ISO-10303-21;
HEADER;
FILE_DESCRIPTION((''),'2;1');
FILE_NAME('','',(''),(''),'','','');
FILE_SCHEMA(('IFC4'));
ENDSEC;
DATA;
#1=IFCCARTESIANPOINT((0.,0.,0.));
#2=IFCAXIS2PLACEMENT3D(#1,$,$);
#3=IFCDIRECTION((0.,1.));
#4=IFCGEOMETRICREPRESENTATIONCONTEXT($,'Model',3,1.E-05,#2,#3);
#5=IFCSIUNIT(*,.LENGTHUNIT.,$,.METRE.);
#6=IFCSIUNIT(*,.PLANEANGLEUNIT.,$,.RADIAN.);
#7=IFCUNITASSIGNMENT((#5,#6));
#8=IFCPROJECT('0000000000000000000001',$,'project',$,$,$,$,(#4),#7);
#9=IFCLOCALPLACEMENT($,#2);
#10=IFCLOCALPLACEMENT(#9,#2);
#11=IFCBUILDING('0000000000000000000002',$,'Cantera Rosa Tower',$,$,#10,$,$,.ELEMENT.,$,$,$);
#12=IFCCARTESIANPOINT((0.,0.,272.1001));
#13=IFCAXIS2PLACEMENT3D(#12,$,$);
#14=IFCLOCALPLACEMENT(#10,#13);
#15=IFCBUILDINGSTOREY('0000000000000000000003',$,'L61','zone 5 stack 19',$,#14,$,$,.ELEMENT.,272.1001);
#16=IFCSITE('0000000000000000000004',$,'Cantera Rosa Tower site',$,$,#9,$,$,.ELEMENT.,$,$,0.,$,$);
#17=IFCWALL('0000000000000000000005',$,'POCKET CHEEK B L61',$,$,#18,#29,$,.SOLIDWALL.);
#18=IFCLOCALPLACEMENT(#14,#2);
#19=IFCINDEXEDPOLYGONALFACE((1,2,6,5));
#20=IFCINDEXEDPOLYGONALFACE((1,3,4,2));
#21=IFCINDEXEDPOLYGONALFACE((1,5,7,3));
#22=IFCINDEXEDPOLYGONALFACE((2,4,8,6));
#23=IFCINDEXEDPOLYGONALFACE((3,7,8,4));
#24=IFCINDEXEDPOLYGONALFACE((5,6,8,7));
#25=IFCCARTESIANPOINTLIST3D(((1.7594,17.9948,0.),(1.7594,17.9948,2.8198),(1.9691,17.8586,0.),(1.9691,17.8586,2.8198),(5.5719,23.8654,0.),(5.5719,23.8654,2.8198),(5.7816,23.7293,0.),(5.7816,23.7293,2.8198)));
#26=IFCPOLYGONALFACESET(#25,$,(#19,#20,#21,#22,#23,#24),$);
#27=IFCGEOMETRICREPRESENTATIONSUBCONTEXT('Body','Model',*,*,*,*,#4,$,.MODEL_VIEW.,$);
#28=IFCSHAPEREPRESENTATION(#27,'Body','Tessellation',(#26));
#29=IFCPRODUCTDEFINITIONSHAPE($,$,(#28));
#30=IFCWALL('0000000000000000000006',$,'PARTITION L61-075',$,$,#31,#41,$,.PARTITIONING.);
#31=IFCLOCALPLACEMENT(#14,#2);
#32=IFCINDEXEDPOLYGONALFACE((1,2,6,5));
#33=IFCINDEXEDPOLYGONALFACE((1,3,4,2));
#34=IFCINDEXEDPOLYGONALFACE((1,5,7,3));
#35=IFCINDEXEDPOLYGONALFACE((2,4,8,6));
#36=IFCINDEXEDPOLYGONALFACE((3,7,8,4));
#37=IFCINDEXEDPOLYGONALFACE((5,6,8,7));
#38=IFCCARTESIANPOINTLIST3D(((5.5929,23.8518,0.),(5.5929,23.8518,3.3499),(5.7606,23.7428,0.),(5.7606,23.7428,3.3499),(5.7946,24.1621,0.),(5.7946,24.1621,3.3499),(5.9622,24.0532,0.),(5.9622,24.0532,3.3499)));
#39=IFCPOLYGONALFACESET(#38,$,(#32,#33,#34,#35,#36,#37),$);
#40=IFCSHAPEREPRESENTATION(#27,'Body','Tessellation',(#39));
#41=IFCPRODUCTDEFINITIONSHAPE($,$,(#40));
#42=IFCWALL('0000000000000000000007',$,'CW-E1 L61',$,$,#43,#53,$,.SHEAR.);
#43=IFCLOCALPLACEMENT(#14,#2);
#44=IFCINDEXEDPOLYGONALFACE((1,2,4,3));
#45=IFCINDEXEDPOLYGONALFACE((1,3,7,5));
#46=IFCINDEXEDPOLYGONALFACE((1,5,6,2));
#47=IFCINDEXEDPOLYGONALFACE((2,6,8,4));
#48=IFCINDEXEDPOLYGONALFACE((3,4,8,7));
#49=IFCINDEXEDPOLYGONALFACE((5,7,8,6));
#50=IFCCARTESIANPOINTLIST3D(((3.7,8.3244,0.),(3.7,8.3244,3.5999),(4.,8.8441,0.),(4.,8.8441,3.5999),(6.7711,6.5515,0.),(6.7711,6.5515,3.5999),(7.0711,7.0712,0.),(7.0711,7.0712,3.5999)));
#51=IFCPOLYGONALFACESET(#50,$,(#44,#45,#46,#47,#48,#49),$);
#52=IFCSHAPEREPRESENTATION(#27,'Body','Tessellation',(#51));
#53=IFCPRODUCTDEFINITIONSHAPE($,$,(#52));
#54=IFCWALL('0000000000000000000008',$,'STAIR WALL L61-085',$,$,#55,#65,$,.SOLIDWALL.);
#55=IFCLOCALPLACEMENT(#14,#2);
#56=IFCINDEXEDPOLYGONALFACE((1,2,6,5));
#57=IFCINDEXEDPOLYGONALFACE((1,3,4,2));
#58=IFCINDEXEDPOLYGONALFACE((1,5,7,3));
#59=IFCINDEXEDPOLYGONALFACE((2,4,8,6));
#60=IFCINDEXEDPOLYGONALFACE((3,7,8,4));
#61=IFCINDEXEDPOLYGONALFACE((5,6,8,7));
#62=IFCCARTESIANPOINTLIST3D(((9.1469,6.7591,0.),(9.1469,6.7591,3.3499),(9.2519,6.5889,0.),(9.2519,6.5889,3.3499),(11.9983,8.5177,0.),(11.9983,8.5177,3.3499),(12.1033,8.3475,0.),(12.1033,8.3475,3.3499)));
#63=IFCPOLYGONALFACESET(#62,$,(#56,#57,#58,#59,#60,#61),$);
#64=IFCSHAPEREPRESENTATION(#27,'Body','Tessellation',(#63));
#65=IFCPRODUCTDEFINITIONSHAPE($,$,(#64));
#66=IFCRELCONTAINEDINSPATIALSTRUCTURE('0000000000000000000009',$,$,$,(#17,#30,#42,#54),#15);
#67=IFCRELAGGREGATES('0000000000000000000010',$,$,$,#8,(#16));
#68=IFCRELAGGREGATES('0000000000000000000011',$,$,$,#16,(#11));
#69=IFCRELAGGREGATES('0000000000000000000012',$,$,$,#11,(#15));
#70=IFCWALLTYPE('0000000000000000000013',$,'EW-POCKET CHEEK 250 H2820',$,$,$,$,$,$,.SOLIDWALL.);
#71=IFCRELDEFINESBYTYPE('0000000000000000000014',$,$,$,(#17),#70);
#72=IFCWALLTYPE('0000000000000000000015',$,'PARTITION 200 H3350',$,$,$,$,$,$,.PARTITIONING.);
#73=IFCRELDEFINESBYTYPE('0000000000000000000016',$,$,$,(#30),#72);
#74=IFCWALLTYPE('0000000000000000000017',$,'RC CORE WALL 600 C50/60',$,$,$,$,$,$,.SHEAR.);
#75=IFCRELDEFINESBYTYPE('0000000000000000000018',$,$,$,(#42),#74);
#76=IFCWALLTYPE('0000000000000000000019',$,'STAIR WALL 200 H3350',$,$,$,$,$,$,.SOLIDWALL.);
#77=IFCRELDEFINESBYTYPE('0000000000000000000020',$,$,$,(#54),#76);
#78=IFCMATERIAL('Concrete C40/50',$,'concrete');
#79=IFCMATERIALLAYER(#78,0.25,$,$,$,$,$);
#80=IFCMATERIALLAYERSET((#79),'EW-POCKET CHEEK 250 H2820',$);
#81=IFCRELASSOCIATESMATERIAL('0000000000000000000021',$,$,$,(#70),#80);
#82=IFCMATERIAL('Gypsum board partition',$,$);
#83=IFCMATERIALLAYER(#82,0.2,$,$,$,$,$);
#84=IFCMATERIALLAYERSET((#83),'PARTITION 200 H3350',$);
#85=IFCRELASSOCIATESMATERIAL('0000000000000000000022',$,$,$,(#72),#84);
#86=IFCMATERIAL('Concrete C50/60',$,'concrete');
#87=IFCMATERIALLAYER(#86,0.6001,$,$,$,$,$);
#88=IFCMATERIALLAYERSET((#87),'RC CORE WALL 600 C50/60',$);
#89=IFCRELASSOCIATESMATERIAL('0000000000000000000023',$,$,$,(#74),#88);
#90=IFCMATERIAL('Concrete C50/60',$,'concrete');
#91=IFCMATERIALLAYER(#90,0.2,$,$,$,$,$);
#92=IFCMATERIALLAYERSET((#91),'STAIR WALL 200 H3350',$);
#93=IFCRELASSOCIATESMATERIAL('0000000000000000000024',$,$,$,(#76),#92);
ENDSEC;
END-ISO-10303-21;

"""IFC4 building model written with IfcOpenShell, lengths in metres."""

from ifc_helpers import new_model, si_unit, direction, frame, frame_2d, origin, place, context, subcontext, project, spatial, rectangle, extrude, material, layer, layer_set, type_object, element, save


model = new_model("IFC4")

# Units and contexts
model_context = context("Model", 3, precision=1e-05, world=origin(), true_north=direction((0.0, 1.0)))
body_context = subcontext(model_context, "Body", "Model", "MODEL_VIEW")
ifc_project = project(units=[si_unit("LENGTHUNIT", "METRE"), si_unit("PLANEANGLEUNIT", "RADIAN")], contexts=[model_context])

# Site, building, storey
site_placement = place(None, origin())
site = spatial("IfcSite", under=ifc_project, at=site_placement, Name="Cantera Rosa Tower site", CompositionType="ELEMENT", RefElevation=0.0)
building_placement = place(site_placement, origin())
building = spatial("IfcBuilding", under=site, at=building_placement, Name="Cantera Rosa Tower", CompositionType="ELEMENT")
storey_placement = place(building_placement, frame((0.0, 0.0, 272.1001)))
storey = spatial("IfcBuildingStorey", under=building, at=storey_placement, Name="L61", Description="zone 5 stack 19", CompositionType="ELEMENT", Elevation=272.1001)

# Walls
ifc_material_1 = material(Name="Concrete C40/50", Category="concrete")
ifc_layer_1 = layer(ifc_material_1, 0.25)
ifc_layer_set_1 = layer_set([ifc_layer_1], Name="EW-POCKET CHEEK 250 H2820")
wall_type_1 = type_object("IfcWallType", Name="EW-POCKET CHEEK 250 H2820", PredefinedType="SOLIDWALL", material=ifc_layer_set_1)
wall_1_placement = place(storey_placement, frame((5.6768, 23.7974, 0.0), z_axis=(0.0, 0.0, 1.0), x_axis=(-0.544647, -0.838665, 0.0)))
element("IfcWall", 1, at=wall_1_placement, inside=storey, type_object=wall_type_1, Name="POCKET CHEEK B L61", PredefinedType="SOLIDWALL", context=body_context, shape_type="SweptSolid", body=[
    extrude(rectangle(XDim=7.0, YDim=0.25, at=frame_2d((3.5, 0.0))), origin(), (0.0, 0.0, 1.0), 2.8198),
])
ifc_material_2 = material(Name="Gypsum board partition")
ifc_layer_2 = layer(ifc_material_2, 0.2)
ifc_layer_set_2 = layer_set([ifc_layer_2], Name="PARTITION 200 H3350")
wall_type_2 = type_object("IfcWallType", Name="PARTITION 200 H3350", PredefinedType="PARTITIONING", material=ifc_layer_set_2)
wall_2_placement = place(storey_placement, frame((5.8784, 24.1077, 0.0), z_axis=(0.0, 0.0, 1.0), x_axis=(-0.544919, -0.838489, 0.0)))
element("IfcWall", 2, at=wall_2_placement, inside=storey, type_object=wall_type_2, Name="PARTITION L61-075", PredefinedType="PARTITIONING", context=body_context, shape_type="SweptSolid", body=[
    extrude(rectangle(XDim=0.3701, YDim=0.2, at=frame_2d((0.1851, 0.0))), origin(), (0.0, 0.0, 1.0), 3.3499),
])
ifc_material_3 = material(Name="Concrete C50/60", Category="concrete")
ifc_layer_3 = layer(ifc_material_3, 0.6001)
ifc_layer_set_3 = layer_set([ifc_layer_3], Name="RC CORE WALL 600 C50/60")
wall_type_3 = type_object("IfcWallType", Name="RC CORE WALL 600 C50/60", PredefinedType="SHEAR", material=ifc_layer_set_3)
wall_3_placement = place(storey_placement, frame((3.8501, 8.5842, 0.0), z_axis=(0.0, 0.0, 1.0), x_axis=(0.86604, -0.499975, 0.0)))
element("IfcWall", 3, at=wall_3_placement, inside=storey, type_object=wall_type_3, Name="CW-E1 L61", PredefinedType="SHEAR", context=body_context, shape_type="SweptSolid", body=[
    extrude(rectangle(XDim=3.5461, YDim=0.6001, at=frame_2d((1.7729, 0.0))), origin(), (0.0, 0.0, 1.0), 3.5999),
])
ifc_material_4 = material(Name="Concrete C50/60", Category="concrete")
ifc_layer_4 = layer(ifc_material_4, 0.2)
ifc_layer_set_4 = layer_set([ifc_layer_4], Name="STAIR WALL 200 H3350")
wall_type_4 = type_object("IfcWallType", Name="STAIR WALL 200 H3350", PredefinedType="SOLIDWALL", material=ifc_layer_set_4)
wall_4_placement = place(storey_placement, frame((12.0508, 8.4326, 0.0), z_axis=(0.0, 0.0, 1.0), x_axis=(-0.85114, -0.524939, 0.0)))
element("IfcWall", 4, at=wall_4_placement, inside=storey, type_object=wall_type_4, Name="STAIR WALL L61-085", PredefinedType="SOLIDWALL", context=body_context, shape_type="SweptSolid", body=[
    extrude(rectangle(XDim=3.3501, YDim=0.2, at=frame_2d((1.675, 0.0))), origin(), (0.0, 0.0, 1.0), 3.3499),
])

save(model, "model.ifc")
